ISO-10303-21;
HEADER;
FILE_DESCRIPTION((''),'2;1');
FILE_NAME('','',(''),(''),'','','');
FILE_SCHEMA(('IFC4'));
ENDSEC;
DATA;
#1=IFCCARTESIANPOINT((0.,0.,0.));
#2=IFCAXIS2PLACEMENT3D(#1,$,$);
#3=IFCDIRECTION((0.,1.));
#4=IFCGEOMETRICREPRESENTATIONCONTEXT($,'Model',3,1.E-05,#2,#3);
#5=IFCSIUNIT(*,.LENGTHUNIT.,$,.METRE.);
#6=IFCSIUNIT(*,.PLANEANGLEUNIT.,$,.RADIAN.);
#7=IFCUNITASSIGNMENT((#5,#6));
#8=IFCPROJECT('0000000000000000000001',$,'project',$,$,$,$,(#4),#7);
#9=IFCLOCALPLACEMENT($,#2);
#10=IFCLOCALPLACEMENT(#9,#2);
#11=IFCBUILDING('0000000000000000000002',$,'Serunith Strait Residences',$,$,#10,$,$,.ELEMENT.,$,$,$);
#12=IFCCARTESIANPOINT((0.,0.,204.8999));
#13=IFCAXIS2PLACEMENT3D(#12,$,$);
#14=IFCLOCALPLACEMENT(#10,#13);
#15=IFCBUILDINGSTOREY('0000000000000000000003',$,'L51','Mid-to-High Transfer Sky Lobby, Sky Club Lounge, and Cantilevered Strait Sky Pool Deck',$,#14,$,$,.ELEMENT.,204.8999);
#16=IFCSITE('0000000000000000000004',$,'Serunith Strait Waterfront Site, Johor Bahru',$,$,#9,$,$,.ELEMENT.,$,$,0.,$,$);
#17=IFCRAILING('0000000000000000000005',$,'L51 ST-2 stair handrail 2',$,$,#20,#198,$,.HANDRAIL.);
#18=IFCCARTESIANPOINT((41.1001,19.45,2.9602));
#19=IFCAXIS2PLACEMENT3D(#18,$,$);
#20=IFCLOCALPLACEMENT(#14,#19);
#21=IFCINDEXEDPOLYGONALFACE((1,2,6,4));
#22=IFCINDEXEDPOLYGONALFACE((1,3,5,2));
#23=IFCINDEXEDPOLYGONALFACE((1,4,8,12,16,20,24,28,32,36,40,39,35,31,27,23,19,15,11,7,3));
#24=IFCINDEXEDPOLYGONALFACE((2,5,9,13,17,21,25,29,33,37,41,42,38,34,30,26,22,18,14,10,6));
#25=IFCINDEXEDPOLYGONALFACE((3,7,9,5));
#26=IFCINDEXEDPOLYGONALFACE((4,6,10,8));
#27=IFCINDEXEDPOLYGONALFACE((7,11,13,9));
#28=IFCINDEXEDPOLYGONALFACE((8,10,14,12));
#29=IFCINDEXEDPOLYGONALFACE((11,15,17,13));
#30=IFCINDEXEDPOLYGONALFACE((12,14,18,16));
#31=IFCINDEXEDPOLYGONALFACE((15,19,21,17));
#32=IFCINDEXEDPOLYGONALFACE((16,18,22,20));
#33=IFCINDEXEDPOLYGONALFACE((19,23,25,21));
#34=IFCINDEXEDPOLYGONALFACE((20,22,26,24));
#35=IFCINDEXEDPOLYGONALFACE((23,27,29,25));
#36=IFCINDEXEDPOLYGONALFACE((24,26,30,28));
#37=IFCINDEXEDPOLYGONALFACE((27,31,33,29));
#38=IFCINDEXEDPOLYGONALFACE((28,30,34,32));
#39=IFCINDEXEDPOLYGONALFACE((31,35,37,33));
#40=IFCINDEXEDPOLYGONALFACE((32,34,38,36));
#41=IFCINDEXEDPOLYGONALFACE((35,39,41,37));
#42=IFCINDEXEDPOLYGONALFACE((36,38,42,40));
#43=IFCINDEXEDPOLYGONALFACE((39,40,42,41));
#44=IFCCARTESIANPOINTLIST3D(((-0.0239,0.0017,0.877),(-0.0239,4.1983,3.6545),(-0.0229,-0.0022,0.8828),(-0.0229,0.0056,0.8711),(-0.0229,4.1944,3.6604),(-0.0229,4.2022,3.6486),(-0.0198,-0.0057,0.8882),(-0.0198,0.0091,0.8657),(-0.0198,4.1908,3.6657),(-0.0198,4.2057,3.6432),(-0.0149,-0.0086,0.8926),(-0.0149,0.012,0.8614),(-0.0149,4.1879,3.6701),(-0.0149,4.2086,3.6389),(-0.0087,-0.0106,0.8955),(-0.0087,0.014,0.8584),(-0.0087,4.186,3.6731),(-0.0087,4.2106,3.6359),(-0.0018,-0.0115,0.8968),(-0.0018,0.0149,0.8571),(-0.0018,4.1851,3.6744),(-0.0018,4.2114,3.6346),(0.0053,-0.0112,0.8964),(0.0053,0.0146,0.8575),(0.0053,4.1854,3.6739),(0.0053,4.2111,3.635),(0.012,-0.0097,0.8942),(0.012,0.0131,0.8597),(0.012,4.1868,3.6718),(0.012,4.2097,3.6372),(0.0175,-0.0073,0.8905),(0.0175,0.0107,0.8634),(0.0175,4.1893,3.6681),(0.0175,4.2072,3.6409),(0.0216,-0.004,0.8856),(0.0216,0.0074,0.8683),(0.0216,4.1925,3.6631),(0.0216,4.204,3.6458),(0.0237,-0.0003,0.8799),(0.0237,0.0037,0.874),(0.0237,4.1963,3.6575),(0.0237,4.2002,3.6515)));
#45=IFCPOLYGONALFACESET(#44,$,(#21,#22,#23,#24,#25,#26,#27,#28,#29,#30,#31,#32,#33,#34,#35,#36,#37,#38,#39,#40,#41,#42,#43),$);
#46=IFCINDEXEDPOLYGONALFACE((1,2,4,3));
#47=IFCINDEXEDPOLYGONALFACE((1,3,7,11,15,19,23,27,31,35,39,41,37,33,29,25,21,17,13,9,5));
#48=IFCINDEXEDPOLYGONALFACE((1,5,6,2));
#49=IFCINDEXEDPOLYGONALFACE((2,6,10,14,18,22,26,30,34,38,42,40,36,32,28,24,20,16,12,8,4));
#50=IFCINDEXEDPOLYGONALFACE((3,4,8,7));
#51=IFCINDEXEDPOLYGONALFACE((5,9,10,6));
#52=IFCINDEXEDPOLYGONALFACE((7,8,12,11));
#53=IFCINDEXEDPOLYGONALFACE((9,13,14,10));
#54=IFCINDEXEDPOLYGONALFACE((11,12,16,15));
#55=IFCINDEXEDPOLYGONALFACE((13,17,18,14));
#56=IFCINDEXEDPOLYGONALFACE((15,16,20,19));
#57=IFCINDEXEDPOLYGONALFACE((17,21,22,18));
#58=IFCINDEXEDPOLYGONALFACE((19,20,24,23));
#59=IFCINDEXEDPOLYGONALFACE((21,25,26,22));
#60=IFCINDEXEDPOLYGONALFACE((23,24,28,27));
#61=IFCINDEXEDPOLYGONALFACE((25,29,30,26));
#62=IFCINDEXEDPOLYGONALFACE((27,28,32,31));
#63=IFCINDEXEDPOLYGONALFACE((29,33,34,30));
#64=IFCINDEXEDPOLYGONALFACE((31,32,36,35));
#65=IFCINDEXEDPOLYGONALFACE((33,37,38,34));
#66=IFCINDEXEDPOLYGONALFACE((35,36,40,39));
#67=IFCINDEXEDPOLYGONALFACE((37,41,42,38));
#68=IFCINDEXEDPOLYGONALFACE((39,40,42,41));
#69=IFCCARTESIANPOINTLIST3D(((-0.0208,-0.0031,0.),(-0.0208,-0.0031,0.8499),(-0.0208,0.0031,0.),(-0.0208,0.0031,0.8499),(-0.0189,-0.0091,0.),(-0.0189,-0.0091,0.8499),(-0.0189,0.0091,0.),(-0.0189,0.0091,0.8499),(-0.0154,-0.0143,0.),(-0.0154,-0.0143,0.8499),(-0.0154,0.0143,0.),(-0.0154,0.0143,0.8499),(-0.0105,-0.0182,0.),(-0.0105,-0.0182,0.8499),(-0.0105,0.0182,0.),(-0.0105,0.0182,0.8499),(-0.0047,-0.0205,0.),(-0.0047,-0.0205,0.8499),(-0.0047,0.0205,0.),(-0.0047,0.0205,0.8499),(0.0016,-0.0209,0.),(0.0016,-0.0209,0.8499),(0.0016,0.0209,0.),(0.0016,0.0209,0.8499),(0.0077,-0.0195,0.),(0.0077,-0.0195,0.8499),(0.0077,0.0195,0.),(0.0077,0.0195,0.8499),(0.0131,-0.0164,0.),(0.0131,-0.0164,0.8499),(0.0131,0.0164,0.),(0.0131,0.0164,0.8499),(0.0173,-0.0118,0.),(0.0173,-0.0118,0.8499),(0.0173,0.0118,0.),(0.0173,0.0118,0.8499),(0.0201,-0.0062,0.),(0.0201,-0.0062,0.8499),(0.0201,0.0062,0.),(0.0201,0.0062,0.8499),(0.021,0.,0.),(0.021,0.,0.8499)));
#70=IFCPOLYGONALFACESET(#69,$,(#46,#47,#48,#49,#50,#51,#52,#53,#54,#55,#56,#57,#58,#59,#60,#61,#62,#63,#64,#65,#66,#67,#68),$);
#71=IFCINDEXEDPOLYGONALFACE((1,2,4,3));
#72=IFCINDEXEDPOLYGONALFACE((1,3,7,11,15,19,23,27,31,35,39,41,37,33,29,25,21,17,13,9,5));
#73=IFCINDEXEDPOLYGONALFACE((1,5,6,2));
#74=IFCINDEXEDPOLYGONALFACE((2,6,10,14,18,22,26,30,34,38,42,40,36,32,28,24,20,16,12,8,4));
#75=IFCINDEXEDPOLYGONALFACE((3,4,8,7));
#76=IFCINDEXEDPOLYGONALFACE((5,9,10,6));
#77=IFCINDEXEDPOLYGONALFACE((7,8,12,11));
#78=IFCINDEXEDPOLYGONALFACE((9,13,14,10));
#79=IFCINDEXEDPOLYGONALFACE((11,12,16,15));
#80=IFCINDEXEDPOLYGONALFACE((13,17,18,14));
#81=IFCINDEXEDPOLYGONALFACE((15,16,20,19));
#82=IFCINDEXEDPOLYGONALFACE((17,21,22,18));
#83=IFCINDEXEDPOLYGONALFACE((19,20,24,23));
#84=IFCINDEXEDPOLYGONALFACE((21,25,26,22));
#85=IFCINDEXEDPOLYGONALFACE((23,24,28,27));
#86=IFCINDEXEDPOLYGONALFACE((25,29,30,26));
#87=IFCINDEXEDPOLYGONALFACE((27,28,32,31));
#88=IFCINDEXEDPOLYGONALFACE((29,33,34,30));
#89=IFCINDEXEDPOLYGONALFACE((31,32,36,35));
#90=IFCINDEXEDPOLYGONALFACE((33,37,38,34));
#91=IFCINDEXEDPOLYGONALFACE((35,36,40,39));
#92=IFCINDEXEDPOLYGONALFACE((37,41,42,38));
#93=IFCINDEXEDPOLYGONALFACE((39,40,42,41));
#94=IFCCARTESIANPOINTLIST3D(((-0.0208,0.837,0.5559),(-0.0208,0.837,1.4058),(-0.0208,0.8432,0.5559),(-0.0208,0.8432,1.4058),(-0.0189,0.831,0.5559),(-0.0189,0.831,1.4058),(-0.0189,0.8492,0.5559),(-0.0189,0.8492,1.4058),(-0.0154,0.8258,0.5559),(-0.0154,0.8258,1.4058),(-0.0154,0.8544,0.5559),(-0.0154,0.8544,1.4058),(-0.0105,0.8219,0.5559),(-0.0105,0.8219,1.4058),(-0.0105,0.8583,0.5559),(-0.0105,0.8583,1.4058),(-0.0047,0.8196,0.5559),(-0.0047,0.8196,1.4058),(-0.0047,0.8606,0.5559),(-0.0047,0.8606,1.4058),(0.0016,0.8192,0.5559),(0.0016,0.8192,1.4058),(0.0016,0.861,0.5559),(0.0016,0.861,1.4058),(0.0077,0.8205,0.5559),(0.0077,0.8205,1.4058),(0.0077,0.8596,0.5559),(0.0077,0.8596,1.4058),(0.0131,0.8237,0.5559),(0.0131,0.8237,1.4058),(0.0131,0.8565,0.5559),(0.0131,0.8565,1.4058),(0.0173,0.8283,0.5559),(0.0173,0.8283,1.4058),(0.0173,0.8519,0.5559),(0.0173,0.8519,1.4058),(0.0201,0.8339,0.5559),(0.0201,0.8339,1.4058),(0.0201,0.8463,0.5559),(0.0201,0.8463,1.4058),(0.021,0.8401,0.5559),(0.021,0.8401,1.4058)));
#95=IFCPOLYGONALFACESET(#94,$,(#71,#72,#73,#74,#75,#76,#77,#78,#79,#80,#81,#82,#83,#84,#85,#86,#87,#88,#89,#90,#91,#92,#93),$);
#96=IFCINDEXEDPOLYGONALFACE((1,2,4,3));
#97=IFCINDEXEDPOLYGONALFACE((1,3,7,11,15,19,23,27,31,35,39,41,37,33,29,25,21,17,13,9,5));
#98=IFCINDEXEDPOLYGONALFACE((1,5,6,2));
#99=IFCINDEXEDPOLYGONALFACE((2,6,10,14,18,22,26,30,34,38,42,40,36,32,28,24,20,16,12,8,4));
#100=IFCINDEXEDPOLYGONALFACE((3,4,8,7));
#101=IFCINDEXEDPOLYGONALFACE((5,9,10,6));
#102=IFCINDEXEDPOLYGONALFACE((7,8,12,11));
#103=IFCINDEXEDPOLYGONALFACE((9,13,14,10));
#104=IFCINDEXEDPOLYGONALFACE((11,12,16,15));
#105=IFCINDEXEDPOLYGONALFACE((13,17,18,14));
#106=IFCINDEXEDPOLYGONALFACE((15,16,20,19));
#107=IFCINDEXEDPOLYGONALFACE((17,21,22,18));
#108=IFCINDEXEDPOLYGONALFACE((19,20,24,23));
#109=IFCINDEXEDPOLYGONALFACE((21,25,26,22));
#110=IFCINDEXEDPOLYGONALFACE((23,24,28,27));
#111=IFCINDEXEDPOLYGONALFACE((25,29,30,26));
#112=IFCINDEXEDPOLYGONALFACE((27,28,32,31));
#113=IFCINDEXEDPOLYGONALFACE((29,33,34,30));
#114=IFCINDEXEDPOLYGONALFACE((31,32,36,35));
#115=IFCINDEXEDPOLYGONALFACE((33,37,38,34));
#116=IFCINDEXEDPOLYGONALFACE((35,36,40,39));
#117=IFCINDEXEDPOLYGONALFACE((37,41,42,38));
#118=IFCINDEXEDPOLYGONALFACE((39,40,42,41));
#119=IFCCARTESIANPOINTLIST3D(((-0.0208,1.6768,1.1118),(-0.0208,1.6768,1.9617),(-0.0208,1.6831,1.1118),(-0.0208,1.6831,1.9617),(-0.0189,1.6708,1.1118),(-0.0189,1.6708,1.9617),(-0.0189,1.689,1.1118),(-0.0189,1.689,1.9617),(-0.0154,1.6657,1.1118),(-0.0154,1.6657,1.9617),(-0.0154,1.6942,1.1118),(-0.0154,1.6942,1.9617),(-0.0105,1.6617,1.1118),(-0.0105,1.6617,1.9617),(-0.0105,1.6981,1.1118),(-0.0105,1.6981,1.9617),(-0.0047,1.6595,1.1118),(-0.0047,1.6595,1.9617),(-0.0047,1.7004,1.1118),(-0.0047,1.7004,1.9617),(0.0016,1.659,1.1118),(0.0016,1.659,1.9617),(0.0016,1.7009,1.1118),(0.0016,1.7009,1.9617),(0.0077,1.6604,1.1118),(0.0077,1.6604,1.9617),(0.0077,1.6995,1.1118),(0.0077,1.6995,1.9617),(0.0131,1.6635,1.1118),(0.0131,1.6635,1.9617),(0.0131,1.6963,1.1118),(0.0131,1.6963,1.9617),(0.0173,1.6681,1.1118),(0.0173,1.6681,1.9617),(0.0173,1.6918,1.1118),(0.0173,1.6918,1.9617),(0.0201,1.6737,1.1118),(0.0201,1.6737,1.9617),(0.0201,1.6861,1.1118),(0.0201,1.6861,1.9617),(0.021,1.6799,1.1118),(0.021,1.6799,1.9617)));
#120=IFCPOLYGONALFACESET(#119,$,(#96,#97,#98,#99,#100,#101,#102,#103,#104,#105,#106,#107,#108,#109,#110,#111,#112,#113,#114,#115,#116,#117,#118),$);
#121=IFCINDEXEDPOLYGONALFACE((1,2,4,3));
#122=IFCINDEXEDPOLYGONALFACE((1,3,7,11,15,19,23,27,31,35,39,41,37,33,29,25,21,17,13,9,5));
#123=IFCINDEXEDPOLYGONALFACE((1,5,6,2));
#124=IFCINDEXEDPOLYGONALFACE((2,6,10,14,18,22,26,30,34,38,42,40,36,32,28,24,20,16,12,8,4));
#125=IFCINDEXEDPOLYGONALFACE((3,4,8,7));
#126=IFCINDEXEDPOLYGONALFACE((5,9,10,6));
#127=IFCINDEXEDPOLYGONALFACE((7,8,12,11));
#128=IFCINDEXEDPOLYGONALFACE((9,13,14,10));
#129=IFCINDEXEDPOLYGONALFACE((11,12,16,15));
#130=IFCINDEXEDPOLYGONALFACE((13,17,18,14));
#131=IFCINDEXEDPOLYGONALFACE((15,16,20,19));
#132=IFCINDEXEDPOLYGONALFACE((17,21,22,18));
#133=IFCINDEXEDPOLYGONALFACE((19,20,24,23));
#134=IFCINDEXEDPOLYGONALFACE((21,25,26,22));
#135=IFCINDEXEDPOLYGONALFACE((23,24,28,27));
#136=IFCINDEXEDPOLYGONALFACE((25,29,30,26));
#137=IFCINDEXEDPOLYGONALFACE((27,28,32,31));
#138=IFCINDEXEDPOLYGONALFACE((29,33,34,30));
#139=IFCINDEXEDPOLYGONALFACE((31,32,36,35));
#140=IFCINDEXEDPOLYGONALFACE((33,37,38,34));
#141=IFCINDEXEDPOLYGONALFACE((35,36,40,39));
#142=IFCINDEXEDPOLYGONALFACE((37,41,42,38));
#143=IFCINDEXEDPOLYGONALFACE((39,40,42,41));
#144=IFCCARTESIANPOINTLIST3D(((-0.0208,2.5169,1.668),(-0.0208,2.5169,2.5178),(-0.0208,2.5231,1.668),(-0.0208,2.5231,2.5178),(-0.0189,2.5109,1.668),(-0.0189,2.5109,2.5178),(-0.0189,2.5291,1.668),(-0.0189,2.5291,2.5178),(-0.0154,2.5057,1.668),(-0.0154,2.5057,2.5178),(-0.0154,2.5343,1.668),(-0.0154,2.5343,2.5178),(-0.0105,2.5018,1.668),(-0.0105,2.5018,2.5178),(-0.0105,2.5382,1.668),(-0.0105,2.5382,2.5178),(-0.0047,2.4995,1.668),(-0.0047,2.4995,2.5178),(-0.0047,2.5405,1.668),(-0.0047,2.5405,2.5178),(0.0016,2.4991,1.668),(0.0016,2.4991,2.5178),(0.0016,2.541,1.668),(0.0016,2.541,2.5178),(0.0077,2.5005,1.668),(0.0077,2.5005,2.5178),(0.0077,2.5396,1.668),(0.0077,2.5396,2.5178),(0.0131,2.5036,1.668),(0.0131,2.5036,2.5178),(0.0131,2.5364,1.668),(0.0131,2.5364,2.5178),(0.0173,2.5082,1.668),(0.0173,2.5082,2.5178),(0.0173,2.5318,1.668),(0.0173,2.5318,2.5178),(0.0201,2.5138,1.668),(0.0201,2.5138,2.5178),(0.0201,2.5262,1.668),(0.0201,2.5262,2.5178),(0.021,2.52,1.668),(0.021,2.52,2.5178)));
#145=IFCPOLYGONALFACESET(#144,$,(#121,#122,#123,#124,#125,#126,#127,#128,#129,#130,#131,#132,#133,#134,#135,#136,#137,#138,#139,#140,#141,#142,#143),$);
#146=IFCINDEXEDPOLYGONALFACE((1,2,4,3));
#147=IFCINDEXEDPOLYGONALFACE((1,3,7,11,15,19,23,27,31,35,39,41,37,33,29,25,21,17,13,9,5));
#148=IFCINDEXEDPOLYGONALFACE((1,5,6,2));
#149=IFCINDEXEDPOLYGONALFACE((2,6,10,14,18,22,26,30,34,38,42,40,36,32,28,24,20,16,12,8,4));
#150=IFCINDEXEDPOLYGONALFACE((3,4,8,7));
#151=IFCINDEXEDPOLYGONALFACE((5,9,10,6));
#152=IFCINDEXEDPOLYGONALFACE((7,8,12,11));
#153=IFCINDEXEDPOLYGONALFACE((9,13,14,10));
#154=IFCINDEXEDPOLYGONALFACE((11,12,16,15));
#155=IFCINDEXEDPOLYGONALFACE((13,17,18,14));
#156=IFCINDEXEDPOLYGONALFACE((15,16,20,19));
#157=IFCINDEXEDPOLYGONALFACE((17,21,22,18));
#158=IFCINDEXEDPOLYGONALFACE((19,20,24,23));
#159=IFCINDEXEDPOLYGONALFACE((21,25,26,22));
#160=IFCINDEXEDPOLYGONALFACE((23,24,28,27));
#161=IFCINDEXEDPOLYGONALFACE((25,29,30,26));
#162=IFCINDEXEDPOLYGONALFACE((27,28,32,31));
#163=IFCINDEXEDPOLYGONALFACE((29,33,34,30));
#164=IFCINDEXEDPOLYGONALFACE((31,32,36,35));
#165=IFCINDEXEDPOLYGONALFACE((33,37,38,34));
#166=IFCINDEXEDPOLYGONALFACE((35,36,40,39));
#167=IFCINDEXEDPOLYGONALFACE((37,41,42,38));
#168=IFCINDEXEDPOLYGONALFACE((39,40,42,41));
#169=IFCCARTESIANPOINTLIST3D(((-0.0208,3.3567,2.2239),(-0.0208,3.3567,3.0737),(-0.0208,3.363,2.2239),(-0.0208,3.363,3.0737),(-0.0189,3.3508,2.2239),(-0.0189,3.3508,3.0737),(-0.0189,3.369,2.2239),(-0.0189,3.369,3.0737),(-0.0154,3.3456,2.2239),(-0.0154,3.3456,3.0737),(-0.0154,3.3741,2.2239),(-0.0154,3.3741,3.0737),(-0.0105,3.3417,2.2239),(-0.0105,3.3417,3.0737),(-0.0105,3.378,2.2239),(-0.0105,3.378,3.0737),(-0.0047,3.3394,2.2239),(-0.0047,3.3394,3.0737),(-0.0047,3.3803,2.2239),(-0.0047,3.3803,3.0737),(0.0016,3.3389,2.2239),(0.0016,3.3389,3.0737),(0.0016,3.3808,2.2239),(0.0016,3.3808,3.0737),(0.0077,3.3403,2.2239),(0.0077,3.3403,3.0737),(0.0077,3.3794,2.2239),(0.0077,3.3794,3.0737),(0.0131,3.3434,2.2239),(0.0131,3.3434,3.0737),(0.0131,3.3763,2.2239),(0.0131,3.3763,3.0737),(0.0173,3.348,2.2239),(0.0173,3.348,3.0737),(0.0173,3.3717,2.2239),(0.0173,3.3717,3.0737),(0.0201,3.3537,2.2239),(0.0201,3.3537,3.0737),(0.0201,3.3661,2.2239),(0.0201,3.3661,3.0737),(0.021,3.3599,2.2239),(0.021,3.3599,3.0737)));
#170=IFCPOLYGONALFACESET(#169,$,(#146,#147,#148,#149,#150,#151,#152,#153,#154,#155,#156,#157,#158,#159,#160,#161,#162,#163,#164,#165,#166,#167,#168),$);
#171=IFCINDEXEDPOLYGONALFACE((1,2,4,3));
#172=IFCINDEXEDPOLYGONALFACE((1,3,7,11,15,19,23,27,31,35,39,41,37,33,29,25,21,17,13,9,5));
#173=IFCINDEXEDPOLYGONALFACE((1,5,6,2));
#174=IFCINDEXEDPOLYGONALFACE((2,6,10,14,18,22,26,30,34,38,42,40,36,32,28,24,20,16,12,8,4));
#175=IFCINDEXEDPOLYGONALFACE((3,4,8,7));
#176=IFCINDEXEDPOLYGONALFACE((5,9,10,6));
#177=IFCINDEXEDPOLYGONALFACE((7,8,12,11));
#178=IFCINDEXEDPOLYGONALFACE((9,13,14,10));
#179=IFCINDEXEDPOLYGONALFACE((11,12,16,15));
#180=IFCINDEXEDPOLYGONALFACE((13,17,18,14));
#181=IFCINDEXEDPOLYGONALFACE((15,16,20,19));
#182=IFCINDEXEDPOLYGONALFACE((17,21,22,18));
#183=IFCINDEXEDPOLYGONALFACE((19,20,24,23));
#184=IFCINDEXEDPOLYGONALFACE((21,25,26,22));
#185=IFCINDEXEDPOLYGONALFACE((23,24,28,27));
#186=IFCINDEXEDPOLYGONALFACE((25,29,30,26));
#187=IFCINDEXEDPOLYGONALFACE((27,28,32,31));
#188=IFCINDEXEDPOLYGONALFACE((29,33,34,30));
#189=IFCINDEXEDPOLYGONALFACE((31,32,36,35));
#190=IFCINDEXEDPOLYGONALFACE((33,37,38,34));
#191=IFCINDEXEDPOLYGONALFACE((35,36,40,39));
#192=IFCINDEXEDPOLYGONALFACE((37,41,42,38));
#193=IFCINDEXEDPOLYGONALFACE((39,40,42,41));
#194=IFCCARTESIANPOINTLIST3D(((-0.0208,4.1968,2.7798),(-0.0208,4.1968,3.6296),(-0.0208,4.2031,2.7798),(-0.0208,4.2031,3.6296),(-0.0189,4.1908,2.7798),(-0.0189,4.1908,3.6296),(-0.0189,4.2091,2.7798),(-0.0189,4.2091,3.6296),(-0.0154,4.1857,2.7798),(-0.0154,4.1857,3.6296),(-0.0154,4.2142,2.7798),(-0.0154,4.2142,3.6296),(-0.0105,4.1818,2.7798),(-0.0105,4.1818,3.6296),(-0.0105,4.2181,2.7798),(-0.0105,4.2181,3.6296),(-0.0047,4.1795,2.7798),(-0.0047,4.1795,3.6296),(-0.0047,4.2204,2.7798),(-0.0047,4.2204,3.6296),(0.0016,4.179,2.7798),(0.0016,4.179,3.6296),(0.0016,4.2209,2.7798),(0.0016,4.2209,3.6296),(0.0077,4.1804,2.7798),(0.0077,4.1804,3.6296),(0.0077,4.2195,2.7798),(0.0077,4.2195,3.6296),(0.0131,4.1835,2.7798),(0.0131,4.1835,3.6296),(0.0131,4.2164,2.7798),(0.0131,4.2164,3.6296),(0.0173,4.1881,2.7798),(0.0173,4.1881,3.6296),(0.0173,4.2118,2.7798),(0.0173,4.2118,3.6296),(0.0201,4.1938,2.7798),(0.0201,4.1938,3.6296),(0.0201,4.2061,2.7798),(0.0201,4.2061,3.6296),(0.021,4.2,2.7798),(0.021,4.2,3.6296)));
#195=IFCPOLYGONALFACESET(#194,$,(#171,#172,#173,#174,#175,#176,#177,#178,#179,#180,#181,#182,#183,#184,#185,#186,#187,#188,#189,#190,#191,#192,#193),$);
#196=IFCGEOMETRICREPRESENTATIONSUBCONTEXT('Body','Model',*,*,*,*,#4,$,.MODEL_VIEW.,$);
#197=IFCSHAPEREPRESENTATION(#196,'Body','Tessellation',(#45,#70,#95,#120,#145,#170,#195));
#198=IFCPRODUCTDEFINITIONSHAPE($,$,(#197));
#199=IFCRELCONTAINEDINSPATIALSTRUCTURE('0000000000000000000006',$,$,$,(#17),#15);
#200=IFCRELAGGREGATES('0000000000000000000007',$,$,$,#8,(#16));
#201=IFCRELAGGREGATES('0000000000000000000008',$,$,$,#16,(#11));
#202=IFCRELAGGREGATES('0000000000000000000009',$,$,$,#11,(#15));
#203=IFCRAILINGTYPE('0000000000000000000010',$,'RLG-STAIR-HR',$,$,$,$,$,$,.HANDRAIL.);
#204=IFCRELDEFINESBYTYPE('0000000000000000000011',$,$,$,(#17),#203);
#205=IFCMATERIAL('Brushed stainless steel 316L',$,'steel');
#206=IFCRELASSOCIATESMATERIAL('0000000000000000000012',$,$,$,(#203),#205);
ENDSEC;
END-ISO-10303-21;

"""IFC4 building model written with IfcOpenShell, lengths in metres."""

from ifc_helpers import new_model, si_unit, direction, frame, origin, origin_2d, place, context, subcontext, project, spatial, circle, extrude, material, type_object, element, save


model = new_model("IFC4")

# Units and contexts
model_context = context("Model", 3, precision=1e-05, world=origin(), true_north=direction((0.0, 1.0)))
body_context = subcontext(model_context, "Body", "Model", "MODEL_VIEW")
ifc_project = project(units=[si_unit("LENGTHUNIT", "METRE"), si_unit("PLANEANGLEUNIT", "RADIAN")], contexts=[model_context])

# Site, building, storey
site_placement = place(None, origin())
site = spatial("IfcSite", under=ifc_project, at=site_placement, Name="Serunith Strait Waterfront Site, Johor Bahru", CompositionType="ELEMENT", RefElevation=0.0)
building_placement = place(site_placement, origin())
building = spatial("IfcBuilding", under=site, at=building_placement, Name="Serunith Strait Residences", CompositionType="ELEMENT")
storey_placement = place(building_placement, frame((0.0, 0.0, 204.8999)))
storey = spatial("IfcBuildingStorey", under=building, at=storey_placement, Name="L51", Description="Mid-to-High Transfer Sky Lobby, Sky Club Lounge, and Cantilevered Strait Sky Pool Deck", CompositionType="ELEMENT", Elevation=204.8999)

# Railing
ifc_material_1 = material(Name="Brushed stainless steel 316L", Category="steel")
railing_type_1 = type_object("IfcRailingType", Name="RLG-STAIR-HR", PredefinedType="HANDRAIL", material=ifc_material_1)
railing_1_placement = place(storey_placement, frame((41.1001, 19.45, 2.9602)))
element("IfcRailing", 1, at=railing_1_placement, inside=storey, type_object=railing_type_1, Name="L51 ST-2 stair handrail 2", PredefinedType="HANDRAIL", context=body_context, shape_type="SweptSolid", body=[
    extrude(circle(Radius=0.0239, at=origin_2d()), frame((0.0, 0.0017, 0.877), z_axis=(0.0, 0.833895, 0.551923), x_axis=(-1.0, 0.0, 0.0)), (0.0, 0.0, 1.0), 5.0325),
    extrude(circle(Radius=0.021, at=origin_2d()), origin(), (0.0, 0.0, 1.0), 0.8499),
    extrude(circle(Radius=0.021, at=origin_2d()), frame((0.0, 0.8401, 0.5559)), (0.0, 0.0, 1.0), 0.8499),
    extrude(circle(Radius=0.021, at=origin_2d()), frame((0.0, 1.6799, 1.1118)), (0.0, 0.0, 1.0), 0.8499),
    extrude(circle(Radius=0.021, at=origin_2d()), frame((0.0, 2.52, 1.668)), (0.0, 0.0, 1.0), 0.8499),
    extrude(circle(Radius=0.021, at=origin_2d()), frame((0.0, 3.3599, 2.2239)), (0.0, 0.0, 1.0), 0.8499),
    extrude(circle(Radius=0.021, at=origin_2d()), frame((0.0, 4.2, 2.7798)), (0.0, 0.0, 1.0), 0.8499),
])

save(model, "model.ifc")
